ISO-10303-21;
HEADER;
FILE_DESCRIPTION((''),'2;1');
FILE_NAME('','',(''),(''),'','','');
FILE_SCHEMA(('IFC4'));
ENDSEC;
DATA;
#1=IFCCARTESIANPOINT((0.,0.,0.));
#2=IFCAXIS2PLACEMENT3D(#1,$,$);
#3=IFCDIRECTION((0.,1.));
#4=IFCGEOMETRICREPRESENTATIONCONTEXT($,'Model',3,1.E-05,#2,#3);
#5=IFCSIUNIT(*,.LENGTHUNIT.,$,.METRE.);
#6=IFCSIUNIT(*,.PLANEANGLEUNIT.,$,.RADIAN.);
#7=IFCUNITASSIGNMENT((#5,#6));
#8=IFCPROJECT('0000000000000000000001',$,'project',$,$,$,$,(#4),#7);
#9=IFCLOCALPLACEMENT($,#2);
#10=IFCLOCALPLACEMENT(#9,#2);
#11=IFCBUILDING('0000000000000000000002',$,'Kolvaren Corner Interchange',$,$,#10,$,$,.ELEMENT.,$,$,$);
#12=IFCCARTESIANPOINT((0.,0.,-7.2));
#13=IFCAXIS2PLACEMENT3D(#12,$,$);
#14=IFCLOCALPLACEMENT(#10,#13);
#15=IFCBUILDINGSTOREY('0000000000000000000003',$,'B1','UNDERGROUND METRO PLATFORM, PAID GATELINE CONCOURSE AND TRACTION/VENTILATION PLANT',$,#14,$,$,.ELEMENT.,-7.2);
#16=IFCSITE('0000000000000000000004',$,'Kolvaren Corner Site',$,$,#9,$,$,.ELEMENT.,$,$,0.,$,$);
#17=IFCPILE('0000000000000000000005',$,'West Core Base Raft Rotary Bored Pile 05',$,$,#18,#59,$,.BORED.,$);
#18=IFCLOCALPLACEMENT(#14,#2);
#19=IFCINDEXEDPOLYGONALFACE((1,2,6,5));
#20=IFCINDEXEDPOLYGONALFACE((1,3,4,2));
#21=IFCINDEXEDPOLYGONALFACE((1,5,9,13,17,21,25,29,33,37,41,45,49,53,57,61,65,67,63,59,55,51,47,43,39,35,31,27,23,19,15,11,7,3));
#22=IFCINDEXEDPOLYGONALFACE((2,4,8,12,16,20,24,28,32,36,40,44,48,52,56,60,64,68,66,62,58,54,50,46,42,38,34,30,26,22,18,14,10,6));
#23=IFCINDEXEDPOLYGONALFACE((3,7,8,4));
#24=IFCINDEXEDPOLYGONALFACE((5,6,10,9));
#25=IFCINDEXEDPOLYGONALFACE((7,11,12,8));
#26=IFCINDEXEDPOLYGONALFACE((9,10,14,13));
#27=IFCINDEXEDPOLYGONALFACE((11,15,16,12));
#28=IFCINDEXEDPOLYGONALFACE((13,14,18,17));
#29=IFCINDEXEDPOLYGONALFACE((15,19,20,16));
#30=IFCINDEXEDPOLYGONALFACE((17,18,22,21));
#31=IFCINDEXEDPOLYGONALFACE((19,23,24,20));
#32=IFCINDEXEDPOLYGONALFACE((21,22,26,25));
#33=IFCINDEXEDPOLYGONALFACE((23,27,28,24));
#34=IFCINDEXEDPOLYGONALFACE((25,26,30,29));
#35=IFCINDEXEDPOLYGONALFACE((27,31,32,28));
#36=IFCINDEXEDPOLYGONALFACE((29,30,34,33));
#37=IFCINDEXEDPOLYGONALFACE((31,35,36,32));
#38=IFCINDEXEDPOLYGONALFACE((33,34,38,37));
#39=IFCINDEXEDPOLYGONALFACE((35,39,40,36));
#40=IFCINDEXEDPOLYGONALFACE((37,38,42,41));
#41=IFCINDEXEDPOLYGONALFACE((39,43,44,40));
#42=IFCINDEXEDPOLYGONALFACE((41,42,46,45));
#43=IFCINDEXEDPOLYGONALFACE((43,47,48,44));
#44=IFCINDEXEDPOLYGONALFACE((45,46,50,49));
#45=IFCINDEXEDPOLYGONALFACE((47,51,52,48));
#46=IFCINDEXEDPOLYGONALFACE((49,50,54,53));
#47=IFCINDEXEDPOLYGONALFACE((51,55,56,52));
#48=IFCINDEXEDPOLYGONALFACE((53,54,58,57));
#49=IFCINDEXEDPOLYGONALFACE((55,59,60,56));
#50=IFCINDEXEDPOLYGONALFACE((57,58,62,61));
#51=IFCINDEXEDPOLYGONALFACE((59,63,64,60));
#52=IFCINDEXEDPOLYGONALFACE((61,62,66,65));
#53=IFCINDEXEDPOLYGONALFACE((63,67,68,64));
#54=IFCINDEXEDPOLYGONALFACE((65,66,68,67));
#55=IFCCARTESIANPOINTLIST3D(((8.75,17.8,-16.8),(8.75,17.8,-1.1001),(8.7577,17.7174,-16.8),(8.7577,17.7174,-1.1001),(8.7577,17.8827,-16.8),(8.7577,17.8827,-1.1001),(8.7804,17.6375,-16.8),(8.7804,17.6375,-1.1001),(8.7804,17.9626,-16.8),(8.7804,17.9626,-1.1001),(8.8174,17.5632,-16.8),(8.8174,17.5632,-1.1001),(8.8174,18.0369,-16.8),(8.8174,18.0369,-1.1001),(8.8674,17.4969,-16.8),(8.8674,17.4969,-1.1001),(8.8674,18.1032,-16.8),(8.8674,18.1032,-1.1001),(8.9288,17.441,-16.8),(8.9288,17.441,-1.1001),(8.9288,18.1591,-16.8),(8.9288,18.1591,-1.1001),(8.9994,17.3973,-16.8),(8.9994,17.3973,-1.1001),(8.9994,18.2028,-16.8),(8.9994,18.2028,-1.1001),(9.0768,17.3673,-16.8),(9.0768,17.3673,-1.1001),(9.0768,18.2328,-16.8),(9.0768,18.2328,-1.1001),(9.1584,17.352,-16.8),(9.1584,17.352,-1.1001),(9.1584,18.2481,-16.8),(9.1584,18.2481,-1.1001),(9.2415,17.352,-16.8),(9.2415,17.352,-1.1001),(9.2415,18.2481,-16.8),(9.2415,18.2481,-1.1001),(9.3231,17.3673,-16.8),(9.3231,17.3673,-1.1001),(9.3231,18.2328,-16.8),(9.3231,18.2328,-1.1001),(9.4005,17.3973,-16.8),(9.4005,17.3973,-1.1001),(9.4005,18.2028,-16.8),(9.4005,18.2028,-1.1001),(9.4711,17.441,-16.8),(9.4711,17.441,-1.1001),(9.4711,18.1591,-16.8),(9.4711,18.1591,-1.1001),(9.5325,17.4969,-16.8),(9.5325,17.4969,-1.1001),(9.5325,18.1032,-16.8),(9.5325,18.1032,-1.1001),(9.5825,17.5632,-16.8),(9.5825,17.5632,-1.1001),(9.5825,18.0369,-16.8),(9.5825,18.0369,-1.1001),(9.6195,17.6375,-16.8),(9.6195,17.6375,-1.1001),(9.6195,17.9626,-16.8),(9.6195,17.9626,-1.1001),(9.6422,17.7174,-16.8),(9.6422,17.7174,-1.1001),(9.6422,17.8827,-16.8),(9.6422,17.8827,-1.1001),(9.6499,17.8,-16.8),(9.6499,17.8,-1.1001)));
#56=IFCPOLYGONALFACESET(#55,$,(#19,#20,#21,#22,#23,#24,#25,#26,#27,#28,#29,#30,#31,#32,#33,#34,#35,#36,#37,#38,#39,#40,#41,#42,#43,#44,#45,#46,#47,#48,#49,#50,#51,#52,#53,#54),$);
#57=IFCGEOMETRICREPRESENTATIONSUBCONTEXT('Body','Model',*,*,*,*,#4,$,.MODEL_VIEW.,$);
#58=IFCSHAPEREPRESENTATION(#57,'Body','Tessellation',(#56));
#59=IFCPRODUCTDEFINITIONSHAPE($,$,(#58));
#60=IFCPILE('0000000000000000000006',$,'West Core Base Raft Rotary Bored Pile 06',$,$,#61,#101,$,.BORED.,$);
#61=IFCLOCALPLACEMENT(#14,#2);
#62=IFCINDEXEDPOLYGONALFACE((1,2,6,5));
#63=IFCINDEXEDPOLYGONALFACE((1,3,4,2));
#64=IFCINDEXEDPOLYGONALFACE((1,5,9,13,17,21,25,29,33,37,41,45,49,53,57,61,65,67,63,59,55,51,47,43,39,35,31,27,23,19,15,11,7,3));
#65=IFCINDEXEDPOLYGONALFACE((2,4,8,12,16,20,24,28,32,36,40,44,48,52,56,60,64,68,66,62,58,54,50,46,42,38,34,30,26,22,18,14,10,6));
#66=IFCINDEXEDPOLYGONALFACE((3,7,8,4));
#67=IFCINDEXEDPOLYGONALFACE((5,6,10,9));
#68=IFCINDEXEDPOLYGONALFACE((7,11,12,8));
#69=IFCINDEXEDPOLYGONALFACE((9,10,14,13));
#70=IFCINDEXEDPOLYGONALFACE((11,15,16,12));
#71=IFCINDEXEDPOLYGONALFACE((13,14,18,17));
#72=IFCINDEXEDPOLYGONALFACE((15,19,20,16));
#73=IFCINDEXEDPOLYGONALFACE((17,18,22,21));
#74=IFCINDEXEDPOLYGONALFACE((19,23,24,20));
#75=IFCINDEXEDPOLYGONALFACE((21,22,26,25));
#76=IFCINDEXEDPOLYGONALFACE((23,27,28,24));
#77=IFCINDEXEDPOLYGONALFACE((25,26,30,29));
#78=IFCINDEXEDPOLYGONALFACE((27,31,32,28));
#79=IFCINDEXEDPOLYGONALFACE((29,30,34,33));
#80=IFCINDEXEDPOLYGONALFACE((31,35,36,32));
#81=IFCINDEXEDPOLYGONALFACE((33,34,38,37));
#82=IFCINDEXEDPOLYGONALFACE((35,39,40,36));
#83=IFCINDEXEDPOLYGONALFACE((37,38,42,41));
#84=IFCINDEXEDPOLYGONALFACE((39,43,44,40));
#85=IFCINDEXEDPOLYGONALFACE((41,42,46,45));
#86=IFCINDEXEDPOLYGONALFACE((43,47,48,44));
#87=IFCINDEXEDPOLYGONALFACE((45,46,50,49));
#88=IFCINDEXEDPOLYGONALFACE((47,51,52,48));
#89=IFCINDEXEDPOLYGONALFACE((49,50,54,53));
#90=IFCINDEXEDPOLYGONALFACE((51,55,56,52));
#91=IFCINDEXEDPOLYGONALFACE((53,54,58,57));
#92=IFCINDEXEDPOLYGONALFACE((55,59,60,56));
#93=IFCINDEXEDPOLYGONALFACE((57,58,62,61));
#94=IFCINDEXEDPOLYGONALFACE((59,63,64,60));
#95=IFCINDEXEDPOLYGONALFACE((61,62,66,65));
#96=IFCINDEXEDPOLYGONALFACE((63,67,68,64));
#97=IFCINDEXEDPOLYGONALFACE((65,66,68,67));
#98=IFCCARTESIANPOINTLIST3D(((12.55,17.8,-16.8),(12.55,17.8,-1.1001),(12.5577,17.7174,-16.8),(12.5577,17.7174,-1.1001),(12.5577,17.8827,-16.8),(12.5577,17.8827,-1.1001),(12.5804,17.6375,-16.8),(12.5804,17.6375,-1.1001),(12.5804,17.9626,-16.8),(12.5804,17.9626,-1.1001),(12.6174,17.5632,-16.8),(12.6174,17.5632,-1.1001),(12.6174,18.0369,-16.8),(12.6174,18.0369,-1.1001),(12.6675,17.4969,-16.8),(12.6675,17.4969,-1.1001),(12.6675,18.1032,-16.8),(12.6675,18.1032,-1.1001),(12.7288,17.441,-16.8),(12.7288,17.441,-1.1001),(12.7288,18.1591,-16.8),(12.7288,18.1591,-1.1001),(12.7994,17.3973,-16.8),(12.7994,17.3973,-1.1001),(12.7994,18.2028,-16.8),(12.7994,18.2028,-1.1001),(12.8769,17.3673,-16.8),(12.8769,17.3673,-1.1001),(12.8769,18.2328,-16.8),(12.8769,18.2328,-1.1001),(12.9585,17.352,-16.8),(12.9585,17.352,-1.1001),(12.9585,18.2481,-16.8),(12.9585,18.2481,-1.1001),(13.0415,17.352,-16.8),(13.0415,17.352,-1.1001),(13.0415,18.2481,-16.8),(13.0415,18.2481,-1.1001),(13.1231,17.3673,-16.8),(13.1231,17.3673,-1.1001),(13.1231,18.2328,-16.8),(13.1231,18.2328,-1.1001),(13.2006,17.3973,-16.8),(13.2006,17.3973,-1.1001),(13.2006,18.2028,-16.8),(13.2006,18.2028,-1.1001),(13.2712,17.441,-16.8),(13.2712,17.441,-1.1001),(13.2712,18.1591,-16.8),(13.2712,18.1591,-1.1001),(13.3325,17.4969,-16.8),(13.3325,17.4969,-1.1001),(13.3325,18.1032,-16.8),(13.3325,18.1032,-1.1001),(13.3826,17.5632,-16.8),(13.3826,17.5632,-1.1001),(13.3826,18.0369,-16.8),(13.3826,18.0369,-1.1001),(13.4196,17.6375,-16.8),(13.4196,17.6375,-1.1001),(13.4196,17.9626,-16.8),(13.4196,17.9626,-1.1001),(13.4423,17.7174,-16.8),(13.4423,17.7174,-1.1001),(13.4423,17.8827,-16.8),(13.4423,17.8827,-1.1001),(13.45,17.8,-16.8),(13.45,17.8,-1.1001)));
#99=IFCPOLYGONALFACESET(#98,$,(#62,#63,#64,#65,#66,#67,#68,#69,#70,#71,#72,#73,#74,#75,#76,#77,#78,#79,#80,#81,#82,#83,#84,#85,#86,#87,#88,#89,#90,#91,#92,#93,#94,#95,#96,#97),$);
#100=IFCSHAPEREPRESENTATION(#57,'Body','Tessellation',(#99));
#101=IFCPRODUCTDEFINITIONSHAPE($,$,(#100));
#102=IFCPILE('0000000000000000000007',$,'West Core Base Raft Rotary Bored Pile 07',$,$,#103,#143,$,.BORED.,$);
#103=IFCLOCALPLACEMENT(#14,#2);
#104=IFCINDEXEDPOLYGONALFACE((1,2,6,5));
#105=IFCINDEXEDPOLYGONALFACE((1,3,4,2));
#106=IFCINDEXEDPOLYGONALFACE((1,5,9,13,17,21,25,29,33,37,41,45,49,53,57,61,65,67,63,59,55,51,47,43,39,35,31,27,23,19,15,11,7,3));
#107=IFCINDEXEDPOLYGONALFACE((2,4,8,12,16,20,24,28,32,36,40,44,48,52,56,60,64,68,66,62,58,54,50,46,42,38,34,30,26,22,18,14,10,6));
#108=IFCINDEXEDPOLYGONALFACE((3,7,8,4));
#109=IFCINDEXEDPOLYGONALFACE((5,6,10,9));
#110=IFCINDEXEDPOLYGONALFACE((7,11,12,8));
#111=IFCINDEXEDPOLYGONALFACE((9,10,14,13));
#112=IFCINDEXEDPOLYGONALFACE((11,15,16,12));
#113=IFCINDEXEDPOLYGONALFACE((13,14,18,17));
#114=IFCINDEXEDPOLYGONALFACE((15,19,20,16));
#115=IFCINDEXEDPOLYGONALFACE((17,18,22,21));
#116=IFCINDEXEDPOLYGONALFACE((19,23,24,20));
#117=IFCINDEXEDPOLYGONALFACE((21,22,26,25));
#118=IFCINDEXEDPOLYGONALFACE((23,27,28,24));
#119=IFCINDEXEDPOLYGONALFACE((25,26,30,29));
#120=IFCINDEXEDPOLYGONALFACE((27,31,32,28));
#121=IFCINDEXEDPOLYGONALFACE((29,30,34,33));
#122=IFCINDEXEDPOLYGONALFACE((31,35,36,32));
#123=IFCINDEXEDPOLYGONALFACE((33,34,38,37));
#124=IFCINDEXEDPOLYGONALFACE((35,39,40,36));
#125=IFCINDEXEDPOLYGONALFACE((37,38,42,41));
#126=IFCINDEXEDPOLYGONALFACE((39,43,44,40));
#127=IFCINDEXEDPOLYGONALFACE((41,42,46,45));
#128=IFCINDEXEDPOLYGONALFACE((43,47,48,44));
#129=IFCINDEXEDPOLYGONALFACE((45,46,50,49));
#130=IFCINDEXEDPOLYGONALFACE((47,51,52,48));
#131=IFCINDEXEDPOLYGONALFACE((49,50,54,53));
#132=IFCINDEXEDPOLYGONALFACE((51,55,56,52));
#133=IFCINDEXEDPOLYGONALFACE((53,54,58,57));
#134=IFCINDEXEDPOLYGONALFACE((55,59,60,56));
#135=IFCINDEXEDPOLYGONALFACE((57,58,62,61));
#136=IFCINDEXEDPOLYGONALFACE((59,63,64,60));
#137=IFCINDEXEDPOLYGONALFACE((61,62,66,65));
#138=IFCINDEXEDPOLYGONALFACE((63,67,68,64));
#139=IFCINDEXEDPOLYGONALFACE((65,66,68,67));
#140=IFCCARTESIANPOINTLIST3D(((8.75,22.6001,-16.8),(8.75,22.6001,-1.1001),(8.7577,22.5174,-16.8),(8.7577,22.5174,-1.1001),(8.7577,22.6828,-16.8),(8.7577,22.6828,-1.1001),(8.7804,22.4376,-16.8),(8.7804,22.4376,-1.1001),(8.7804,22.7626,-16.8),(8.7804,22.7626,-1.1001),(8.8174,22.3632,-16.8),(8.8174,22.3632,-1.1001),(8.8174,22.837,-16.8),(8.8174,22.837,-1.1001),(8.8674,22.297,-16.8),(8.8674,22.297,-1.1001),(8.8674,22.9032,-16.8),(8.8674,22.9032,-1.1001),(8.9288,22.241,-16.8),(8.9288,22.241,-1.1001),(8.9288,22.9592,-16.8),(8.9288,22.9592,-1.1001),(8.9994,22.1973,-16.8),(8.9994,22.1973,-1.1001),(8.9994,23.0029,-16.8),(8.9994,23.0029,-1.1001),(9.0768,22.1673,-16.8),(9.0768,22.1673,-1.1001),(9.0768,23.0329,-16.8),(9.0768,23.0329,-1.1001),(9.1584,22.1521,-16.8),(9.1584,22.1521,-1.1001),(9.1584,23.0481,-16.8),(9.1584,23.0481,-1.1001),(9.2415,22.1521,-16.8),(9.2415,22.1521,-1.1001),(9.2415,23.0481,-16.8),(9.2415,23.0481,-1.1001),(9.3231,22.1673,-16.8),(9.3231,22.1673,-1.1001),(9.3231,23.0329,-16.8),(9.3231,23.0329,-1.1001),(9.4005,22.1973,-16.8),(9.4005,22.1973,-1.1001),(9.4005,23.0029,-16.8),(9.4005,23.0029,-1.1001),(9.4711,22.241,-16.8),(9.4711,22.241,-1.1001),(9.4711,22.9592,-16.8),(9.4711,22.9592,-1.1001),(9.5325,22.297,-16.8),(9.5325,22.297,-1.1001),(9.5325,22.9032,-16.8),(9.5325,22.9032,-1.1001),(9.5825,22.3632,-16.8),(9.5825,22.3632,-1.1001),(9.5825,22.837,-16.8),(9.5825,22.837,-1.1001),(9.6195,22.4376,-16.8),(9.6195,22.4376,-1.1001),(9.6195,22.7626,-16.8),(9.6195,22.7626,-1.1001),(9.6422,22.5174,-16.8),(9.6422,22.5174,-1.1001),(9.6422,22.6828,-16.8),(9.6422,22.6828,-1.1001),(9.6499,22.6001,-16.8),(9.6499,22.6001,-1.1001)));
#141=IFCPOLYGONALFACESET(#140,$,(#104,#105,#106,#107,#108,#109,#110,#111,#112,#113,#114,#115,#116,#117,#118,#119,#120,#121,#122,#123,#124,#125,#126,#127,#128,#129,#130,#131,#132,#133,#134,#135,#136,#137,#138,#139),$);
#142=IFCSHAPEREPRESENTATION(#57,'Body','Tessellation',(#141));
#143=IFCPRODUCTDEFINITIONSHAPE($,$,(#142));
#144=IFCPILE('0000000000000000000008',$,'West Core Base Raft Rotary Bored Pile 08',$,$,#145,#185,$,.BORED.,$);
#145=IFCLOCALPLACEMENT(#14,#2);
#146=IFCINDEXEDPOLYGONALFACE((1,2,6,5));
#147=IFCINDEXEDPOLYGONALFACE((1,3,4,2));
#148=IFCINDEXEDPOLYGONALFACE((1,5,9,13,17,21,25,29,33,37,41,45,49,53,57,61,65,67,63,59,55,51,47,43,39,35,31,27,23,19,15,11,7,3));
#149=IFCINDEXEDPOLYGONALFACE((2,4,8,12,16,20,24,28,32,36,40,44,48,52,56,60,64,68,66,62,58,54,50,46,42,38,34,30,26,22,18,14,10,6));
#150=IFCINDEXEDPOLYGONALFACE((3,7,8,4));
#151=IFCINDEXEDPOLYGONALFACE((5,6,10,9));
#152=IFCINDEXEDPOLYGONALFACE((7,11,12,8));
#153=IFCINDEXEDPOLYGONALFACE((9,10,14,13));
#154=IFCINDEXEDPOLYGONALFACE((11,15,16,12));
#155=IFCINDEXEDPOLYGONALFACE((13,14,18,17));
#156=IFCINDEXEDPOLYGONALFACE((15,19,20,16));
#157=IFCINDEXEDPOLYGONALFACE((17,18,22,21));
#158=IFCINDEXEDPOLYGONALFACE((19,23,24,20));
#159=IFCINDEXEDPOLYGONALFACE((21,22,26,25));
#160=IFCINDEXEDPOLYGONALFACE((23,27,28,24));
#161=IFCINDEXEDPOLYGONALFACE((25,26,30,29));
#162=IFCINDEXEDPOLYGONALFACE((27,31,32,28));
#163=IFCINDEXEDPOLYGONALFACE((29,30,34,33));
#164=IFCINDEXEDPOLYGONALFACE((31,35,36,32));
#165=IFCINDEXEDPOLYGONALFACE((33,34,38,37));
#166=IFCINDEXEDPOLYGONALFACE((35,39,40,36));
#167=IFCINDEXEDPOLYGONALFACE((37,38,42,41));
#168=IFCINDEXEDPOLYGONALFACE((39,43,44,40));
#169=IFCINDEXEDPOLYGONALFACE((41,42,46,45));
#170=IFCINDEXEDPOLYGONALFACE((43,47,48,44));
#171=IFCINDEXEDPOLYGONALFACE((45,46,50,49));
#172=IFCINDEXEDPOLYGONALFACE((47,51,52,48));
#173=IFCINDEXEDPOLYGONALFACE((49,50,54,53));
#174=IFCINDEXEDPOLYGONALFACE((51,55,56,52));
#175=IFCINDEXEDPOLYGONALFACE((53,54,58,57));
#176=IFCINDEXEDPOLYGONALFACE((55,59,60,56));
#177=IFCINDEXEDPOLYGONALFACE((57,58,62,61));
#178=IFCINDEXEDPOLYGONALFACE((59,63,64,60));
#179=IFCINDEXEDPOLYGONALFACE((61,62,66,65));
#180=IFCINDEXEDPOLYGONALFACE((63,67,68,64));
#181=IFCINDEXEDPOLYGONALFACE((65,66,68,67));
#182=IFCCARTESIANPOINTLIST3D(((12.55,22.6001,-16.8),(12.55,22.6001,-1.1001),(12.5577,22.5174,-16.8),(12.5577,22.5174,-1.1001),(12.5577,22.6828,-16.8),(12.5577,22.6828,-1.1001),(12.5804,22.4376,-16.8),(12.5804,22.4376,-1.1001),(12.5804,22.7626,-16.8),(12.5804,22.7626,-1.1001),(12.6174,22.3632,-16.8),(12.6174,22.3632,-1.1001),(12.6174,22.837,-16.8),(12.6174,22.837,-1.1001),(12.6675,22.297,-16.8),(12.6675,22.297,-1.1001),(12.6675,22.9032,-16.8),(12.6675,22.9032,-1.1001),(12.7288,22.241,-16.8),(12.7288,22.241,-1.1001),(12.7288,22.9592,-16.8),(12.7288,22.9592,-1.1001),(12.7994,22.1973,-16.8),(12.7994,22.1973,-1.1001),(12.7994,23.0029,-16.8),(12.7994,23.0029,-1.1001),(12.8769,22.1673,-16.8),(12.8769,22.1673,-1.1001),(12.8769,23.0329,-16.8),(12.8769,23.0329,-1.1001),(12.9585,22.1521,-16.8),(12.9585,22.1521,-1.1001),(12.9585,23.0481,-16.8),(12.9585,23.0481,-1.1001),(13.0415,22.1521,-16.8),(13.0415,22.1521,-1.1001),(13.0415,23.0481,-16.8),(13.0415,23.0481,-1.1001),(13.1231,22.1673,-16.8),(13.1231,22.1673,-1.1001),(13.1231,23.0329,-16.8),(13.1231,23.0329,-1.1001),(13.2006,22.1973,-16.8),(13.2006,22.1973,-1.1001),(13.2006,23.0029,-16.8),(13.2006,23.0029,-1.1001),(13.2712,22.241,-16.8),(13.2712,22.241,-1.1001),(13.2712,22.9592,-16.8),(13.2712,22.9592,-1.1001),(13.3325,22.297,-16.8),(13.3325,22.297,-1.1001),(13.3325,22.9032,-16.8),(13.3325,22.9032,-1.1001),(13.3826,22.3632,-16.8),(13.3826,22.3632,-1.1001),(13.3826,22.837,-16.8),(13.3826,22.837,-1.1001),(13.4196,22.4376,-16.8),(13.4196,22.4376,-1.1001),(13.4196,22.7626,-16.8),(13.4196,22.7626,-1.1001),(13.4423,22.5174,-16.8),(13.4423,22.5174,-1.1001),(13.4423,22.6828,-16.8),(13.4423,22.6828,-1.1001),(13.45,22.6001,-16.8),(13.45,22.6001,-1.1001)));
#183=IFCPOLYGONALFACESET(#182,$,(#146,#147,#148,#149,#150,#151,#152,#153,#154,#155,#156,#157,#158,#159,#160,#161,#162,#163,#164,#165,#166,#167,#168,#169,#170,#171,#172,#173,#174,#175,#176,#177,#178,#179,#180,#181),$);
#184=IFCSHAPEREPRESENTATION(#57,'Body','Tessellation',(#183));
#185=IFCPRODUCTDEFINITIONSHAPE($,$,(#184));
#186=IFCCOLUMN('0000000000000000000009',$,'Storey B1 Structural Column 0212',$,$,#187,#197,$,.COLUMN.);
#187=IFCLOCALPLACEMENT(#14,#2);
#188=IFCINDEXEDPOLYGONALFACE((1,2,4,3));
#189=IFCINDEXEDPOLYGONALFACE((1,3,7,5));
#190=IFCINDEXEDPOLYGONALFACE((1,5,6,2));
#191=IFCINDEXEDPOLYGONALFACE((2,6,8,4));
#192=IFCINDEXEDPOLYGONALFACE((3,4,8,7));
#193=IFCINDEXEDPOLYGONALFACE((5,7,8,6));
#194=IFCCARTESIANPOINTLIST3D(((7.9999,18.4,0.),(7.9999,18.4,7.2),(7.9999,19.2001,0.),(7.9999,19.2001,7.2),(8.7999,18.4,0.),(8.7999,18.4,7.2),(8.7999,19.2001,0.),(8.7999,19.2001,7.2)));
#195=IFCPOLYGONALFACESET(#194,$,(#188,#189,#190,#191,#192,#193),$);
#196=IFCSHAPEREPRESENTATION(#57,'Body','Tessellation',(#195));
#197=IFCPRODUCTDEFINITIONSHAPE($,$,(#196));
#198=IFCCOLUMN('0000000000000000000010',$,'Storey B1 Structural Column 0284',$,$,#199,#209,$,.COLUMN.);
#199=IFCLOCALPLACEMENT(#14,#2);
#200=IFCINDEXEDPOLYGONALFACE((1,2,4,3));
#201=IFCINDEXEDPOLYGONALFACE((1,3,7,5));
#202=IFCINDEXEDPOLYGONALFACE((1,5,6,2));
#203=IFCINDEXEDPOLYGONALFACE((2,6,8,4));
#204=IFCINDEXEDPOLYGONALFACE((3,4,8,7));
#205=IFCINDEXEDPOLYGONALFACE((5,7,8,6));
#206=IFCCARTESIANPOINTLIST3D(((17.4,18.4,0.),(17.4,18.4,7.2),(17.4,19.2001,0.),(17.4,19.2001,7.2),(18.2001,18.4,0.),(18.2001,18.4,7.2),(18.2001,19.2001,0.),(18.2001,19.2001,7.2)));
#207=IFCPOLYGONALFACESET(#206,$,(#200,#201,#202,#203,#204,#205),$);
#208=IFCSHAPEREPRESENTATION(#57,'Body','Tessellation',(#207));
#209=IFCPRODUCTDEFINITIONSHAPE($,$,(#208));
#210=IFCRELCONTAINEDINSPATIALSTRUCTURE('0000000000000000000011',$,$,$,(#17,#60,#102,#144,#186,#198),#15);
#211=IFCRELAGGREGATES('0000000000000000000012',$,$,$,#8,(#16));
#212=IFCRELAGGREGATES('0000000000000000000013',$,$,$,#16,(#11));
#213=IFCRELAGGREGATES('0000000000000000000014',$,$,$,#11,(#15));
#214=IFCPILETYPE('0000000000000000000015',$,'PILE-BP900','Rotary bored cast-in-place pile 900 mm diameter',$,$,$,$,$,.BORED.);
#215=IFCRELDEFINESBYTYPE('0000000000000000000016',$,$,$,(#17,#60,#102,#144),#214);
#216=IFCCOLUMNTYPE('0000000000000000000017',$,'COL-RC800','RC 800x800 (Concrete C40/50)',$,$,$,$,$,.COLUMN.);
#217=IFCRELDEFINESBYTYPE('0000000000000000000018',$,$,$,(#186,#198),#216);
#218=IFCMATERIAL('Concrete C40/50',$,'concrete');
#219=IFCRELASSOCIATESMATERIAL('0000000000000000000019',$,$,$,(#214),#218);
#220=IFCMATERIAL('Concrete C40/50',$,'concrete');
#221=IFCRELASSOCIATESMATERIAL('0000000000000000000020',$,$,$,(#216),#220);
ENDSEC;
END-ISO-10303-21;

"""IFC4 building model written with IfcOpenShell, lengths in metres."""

from ifc_helpers import new_model, si_unit, direction, frame, origin, origin_2d, place, context, subcontext, project, spatial, rectangle, circle, extrude, material, material_profile, profile_set, type_object, element, save


model = new_model("IFC4")

# Units and contexts
model_context = context("Model", 3, precision=1e-05, world=origin(), true_north=direction((0.0, 1.0)))
body_context = subcontext(model_context, "Body", "Model", "MODEL_VIEW")
ifc_project = project(units=[si_unit("LENGTHUNIT", "METRE"), si_unit("PLANEANGLEUNIT", "RADIAN")], contexts=[model_context])

# Site, building, storey
site_placement = place(None, origin())
site = spatial("IfcSite", under=ifc_project, at=site_placement, Name="Kolvaren Corner Site", CompositionType="ELEMENT", RefElevation=0.0)
building_placement = place(site_placement, origin())
building = spatial("IfcBuilding", under=site, at=building_placement, Name="Kolvaren Corner Interchange", CompositionType="ELEMENT")
storey_placement = place(building_placement, frame((0.0, 0.0, -7.2)))
storey = spatial("IfcBuildingStorey", under=building, at=storey_placement, Name="B1", Description="UNDERGROUND METRO PLATFORM, PAID GATELINE CONCOURSE AND TRACTION/VENTILATION PLANT", CompositionType="ELEMENT", Elevation=-7.2)

# Piles
ifc_material_1 = material(Name="Concrete C40/50", Category="concrete")
ifc_material_profile_1 = material_profile(ifc_material_1, circle(Radius=0.45, at=origin_2d()), Name="BORED PILE 900")
ifc_profile_set_1 = profile_set([ifc_material_profile_1], Name="Concrete C40/50")
pile_type_1 = type_object("IfcPileType", Name="PILE-BP900", Description="Rotary bored cast-in-place pile 900 mm diameter", PredefinedType="BORED", material=ifc_profile_set_1)
for number, where, z_axis, x_axis, name in (
    (1, (9.2, 17.8, -1.1001), (0.0, 0.0, -1.0), (1.0, 0.0, 0.0), "West Core Base Raft Rotary Bored Pile 05"),
    (2, (13.0, 17.8, -1.1001), (0.0, 0.0, -1.0), (1.0, 0.0, 0.0), "West Core Base Raft Rotary Bored Pile 06"),
    (3, (9.2, 22.6001, -1.1001), (0.0, 0.0, -1.0), (1.0, 0.0, 0.0), "West Core Base Raft Rotary Bored Pile 07"),
    (4, (13.0, 22.6001, -1.1001), (0.0, 0.0, -1.0), (1.0, 0.0, 0.0), "West Core Base Raft Rotary Bored Pile 08"),
):
    element("IfcPile", number, at=place(storey_placement, frame(where, z_axis=z_axis, x_axis=x_axis)), inside=storey, type_object=pile_type_1, Name=name, PredefinedType="BORED", context=body_context, shape_type="SweptSolid", body=[
        extrude(circle(Radius=0.45, at=origin_2d()), origin(), (0.0, 0.0, 1.0), 15.7),
    ])

# Columns
ifc_material_2 = material(Name="Concrete C40/50", Category="concrete")
ifc_material_profile_2 = material_profile(ifc_material_2, rectangle(XDim=0.8, YDim=0.8, at=origin_2d()), Name="RC 800x800")
ifc_profile_set_2 = profile_set([ifc_material_profile_2], Name="Concrete C40/50")
column_type_1 = type_object("IfcColumnType", Name="COL-RC800", Description="RC 800x800 (Concrete C40/50)", PredefinedType="COLUMN", material=ifc_profile_set_2)
for number, where, z_axis, x_axis, name in (
    (5, (8.3999, 18.8, 0.0), (0.0, 0.0, 1.0), (1.0, 0.0, 0.0), "Storey B1 Structural Column 0212"),
    (6, (17.8, 18.8, 0.0), (0.0, 0.0, 1.0), (1.0, 0.0, 0.0), "Storey B1 Structural Column 0284"),
):
    element("IfcColumn", number, at=place(storey_placement, frame(where, z_axis=z_axis, x_axis=x_axis)), inside=storey, type_object=column_type_1, Name=name, PredefinedType="COLUMN", context=body_context, shape_type="SweptSolid", body=[
        extrude(rectangle(XDim=0.8, YDim=0.8, at=origin_2d()), origin(), (0.0, 0.0, 1.0), 7.2),
    ])

save(model, "model.ifc")
